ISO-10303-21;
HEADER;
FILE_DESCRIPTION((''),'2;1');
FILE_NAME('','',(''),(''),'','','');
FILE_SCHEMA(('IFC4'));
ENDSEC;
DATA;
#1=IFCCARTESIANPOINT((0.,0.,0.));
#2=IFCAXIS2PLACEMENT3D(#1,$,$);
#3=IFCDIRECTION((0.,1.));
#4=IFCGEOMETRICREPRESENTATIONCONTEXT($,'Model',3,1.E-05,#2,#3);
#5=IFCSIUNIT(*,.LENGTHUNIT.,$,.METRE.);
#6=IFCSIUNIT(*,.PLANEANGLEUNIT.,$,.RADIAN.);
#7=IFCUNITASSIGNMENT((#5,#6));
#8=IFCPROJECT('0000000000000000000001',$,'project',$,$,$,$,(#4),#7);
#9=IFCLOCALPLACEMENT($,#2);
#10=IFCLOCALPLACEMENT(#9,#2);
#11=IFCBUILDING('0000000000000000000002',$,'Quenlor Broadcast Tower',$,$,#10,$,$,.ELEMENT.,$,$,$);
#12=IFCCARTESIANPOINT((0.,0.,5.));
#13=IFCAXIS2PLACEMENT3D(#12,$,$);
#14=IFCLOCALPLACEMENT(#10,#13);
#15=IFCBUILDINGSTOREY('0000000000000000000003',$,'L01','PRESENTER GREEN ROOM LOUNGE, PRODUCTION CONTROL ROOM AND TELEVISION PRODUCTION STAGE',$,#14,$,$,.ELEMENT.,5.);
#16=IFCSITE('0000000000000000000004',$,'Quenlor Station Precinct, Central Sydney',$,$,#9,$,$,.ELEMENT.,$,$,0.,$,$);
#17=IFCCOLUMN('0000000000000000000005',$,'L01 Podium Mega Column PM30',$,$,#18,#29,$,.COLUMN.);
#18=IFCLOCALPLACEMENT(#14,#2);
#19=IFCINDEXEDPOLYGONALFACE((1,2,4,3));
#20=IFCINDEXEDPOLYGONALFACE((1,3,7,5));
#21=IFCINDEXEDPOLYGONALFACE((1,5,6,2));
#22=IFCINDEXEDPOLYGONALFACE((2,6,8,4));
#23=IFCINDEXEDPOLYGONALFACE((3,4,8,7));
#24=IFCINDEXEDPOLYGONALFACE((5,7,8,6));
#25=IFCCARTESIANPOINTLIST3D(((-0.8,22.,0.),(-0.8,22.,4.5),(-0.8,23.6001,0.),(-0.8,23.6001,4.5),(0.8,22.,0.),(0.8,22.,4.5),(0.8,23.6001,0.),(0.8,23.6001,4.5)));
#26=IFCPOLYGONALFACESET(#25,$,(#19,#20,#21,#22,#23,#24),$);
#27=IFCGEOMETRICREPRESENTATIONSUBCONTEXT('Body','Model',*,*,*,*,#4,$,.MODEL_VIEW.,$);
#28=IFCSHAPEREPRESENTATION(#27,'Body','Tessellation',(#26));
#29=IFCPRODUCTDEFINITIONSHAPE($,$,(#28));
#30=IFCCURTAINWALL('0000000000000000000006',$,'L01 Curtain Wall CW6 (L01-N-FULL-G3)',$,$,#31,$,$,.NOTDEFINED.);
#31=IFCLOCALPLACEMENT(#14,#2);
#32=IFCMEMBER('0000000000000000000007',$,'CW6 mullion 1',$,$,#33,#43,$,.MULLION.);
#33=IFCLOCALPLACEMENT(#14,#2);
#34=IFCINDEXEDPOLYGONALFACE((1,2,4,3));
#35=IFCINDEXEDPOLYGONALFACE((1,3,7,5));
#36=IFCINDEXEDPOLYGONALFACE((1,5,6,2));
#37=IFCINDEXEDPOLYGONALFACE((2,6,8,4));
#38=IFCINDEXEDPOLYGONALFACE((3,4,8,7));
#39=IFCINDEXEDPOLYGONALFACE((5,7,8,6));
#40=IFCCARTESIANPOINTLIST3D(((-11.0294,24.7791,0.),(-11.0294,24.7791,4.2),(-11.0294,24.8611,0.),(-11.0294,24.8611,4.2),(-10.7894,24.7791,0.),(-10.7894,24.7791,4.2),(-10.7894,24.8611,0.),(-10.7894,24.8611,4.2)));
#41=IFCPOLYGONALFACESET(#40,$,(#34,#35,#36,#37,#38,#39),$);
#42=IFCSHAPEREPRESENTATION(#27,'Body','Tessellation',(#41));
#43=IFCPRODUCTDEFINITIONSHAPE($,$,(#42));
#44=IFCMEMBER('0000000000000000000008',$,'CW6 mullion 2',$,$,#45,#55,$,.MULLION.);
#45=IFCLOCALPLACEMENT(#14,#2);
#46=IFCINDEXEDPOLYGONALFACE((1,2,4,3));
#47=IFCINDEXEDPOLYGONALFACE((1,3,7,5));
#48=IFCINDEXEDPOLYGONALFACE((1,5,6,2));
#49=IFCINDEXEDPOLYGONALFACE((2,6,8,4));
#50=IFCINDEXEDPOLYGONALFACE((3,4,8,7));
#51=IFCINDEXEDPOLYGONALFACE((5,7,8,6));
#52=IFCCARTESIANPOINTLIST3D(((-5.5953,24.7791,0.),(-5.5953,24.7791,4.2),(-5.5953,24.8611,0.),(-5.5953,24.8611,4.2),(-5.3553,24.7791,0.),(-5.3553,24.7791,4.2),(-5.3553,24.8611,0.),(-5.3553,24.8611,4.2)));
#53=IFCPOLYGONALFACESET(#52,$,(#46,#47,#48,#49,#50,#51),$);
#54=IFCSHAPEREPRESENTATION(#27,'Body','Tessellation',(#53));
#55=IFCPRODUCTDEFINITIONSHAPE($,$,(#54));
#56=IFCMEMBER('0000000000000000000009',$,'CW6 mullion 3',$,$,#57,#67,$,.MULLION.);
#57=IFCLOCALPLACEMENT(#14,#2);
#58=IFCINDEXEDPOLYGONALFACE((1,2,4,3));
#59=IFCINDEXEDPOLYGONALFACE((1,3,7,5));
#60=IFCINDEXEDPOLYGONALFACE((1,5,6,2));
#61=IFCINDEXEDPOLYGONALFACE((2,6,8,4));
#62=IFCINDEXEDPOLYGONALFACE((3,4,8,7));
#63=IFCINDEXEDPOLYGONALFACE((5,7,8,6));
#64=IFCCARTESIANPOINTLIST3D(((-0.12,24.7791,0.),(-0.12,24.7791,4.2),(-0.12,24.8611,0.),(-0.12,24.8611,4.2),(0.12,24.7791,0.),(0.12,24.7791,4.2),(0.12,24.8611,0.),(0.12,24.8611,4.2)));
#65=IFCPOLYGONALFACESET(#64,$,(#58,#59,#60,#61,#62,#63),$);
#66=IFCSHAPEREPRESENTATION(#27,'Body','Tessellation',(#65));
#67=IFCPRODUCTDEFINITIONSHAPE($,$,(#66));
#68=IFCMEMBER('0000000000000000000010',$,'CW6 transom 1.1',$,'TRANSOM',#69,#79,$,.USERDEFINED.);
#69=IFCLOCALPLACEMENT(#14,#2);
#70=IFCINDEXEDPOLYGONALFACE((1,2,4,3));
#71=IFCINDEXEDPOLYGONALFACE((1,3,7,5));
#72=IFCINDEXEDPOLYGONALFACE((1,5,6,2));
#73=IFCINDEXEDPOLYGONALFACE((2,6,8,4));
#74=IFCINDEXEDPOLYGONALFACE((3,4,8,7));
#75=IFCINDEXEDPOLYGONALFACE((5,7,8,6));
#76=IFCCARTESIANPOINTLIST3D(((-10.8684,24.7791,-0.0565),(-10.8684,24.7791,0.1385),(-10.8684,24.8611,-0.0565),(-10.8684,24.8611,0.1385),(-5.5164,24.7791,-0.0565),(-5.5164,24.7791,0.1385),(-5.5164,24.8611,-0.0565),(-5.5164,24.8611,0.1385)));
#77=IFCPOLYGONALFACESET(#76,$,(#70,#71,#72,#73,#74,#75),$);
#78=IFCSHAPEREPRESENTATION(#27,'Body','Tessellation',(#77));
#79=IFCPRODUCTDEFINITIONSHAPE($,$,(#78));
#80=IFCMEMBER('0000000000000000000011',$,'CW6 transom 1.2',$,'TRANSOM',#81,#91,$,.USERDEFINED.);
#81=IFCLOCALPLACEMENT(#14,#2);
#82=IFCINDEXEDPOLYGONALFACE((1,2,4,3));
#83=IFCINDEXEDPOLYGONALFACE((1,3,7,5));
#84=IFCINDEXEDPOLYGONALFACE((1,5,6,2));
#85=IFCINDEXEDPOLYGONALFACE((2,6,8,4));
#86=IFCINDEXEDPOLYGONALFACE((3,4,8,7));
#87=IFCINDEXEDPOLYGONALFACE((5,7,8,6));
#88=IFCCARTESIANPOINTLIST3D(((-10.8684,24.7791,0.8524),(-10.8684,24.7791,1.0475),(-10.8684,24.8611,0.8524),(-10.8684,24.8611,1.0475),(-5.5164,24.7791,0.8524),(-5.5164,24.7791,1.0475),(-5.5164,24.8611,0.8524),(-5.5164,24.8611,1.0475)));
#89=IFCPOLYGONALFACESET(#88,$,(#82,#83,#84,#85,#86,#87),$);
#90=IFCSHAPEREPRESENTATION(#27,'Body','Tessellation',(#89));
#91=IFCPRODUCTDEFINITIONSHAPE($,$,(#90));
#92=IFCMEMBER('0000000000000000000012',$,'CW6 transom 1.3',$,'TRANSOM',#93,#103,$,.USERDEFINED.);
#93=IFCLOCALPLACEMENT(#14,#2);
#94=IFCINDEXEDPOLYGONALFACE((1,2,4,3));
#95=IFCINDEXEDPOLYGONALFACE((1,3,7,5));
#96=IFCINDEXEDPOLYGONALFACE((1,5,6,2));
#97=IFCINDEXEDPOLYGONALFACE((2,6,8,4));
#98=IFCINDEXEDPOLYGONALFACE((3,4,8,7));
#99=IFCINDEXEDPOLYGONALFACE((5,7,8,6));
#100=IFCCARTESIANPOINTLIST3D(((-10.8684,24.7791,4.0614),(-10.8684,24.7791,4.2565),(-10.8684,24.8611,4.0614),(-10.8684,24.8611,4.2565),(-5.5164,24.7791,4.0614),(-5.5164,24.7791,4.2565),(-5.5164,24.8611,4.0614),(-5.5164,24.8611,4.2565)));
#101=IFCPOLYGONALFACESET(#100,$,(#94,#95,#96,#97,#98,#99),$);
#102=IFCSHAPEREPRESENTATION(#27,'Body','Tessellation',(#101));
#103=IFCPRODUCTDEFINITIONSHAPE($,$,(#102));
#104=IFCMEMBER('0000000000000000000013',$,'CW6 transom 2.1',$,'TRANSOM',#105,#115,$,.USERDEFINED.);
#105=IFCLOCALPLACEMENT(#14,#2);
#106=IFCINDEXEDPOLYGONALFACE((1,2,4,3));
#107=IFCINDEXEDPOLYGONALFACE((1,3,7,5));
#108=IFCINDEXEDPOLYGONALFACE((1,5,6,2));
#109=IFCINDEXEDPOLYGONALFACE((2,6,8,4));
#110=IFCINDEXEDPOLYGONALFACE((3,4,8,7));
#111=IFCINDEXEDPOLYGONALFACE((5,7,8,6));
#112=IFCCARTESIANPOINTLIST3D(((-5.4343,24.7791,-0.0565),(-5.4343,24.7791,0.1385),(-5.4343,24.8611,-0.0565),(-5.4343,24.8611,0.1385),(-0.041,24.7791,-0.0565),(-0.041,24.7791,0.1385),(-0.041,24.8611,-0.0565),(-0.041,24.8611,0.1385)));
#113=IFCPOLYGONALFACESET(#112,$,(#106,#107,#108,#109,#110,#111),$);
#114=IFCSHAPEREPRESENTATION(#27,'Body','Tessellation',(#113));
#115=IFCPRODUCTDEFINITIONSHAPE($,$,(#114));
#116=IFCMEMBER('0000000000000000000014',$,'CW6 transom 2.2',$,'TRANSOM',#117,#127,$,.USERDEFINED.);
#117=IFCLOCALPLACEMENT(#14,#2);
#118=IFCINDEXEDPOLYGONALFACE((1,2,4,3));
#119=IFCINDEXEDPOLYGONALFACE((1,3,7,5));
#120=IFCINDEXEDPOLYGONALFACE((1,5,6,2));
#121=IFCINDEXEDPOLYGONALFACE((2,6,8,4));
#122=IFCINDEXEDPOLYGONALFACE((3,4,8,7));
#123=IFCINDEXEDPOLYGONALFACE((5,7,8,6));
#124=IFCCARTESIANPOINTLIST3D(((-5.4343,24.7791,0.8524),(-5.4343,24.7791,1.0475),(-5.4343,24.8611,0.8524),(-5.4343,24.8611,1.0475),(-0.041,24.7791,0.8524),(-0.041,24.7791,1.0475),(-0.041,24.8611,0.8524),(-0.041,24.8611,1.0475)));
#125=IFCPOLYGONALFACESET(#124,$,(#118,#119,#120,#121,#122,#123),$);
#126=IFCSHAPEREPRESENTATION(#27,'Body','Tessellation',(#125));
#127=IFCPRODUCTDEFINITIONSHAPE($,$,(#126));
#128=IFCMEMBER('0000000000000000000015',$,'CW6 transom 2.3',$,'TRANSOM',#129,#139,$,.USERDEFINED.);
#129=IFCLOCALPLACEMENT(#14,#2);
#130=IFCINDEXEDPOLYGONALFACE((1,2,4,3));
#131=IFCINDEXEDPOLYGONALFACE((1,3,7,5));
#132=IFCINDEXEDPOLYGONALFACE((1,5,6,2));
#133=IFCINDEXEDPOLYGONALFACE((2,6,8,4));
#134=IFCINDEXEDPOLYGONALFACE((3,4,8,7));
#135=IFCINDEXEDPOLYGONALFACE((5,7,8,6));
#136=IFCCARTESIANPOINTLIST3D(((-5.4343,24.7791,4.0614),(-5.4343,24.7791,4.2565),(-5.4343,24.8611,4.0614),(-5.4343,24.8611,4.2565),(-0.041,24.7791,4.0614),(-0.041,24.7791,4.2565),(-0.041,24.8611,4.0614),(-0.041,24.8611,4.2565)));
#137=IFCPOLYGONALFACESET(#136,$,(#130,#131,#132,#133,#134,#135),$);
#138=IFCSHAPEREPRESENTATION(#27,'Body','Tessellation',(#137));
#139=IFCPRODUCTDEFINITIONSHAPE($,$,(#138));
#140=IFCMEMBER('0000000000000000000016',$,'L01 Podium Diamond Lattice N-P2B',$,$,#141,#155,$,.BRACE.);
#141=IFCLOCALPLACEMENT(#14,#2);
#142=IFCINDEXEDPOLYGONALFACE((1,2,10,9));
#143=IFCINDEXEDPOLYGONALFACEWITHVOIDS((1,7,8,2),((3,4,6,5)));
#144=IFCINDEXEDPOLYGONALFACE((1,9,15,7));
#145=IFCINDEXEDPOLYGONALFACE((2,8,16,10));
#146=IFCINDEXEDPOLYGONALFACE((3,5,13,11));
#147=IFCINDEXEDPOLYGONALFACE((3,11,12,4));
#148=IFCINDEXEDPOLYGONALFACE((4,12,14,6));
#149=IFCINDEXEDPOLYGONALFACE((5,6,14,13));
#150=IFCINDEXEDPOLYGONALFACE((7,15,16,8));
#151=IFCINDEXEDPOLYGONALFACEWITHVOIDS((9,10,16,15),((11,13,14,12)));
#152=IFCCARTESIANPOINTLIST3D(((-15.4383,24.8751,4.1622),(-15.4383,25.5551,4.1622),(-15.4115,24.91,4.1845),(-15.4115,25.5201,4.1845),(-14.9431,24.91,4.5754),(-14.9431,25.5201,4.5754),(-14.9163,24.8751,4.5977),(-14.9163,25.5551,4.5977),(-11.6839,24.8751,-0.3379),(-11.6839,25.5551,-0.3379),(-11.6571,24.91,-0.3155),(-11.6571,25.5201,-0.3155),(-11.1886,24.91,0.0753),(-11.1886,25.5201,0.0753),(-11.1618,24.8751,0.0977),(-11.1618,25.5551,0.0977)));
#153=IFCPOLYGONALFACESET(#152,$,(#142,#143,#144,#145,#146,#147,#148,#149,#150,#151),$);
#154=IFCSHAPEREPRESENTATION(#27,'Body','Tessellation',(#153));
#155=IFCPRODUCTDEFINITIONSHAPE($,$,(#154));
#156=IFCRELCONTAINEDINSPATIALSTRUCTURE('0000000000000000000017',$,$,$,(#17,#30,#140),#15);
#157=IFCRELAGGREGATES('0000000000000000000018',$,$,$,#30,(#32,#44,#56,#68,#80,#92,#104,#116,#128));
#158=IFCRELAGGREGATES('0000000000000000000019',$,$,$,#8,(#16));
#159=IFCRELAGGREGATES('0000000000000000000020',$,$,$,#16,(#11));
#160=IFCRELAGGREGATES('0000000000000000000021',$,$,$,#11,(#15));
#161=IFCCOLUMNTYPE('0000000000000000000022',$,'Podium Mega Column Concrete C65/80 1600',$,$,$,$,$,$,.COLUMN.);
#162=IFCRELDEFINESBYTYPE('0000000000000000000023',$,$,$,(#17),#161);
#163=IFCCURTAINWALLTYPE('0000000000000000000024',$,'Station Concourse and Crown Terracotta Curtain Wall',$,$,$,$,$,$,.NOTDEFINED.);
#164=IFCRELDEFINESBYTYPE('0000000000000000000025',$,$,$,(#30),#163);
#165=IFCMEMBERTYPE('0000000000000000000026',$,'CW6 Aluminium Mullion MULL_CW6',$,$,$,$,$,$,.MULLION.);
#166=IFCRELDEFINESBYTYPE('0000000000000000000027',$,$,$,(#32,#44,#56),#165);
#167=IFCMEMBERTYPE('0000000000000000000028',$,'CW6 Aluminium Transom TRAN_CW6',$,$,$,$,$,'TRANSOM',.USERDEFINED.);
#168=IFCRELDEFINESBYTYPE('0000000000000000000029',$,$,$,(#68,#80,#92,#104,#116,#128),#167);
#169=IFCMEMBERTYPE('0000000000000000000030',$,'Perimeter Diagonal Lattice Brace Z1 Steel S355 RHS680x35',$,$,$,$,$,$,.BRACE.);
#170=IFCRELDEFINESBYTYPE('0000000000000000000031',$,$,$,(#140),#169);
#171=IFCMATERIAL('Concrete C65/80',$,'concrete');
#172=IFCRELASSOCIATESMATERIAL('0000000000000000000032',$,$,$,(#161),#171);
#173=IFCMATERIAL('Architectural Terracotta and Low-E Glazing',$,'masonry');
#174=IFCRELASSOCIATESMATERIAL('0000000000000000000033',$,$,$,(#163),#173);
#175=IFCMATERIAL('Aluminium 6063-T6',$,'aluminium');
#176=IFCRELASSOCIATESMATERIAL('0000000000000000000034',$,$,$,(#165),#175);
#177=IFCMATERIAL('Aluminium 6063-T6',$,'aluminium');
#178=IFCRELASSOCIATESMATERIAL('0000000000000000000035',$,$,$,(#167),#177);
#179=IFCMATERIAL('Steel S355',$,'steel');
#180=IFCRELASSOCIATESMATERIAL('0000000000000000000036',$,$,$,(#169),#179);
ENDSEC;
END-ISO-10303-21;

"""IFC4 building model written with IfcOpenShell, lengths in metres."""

from ifc_helpers import new_model, si_unit, direction, frame, origin, origin_2d, place, context, subcontext, project, spatial, rectangle, hollow_rectangle, extrude, material, material_profile, profile_set, type_object, element, aggregate, save


model = new_model("IFC4")

# Units and contexts
model_context = context("Model", 3, precision=1e-05, world=origin(), true_north=direction((0.0, 1.0)))
body_context = subcontext(model_context, "Body", "Model", "MODEL_VIEW")
ifc_project = project(units=[si_unit("LENGTHUNIT", "METRE"), si_unit("PLANEANGLEUNIT", "RADIAN")], contexts=[model_context])

# Site, building, storey
site_placement = place(None, origin())
site = spatial("IfcSite", under=ifc_project, at=site_placement, Name="Quenlor Station Precinct, Central Sydney", CompositionType="ELEMENT", RefElevation=0.0)
building_placement = place(site_placement, origin())
building = spatial("IfcBuilding", under=site, at=building_placement, Name="Quenlor Broadcast Tower", CompositionType="ELEMENT")
storey_placement = place(building_placement, frame((0.0, 0.0, 5.0)))
storey = spatial("IfcBuildingStorey", under=building, at=storey_placement, Name="L01", Description="PRESENTER GREEN ROOM LOUNGE, PRODUCTION CONTROL ROOM AND TELEVISION PRODUCTION STAGE", CompositionType="ELEMENT", Elevation=5.0)

# Column
ifc_material_1 = material(Name="Concrete C65/80", Category="concrete")
ifc_material_profile_1 = material_profile(ifc_material_1, rectangle(XDim=1.6001, YDim=1.6001, at=origin_2d()))
ifc_profile_set_1 = profile_set([ifc_material_profile_1], Name="Concrete C65/80 RC1600x1600")
column_type = type_object("IfcColumnType", Name="Podium Mega Column Concrete C65/80 1600", PredefinedType="COLUMN", material=ifc_profile_set_1)
column_placement = place(storey_placement, frame((0.0, 22.8, 0.0), z_axis=(0.0, 0.0, 1.0), x_axis=(1.0, 0.0, 0.0)))
element("IfcColumn", 1, at=column_placement, inside=storey, type_object=column_type, Name="L01 Podium Mega Column PM30", PredefinedType="COLUMN", context=body_context, shape_type="SweptSolid", body=[
    extrude(rectangle(XDim=1.6001, YDim=1.6001, at=origin_2d()), origin(), (0.0, 0.0, 1.0), 4.5),
])

# Curtain wall, members
ifc_material_2 = material(Name="Architectural Terracotta and Low-E Glazing", Category="masonry")
curtain_wall_type = type_object("IfcCurtainWallType", Name="Station Concourse and Crown Terracotta Curtain Wall", PredefinedType="NOTDEFINED", material=ifc_material_2)
curtain_wall_placement = place(storey_placement, origin())
curtain_wall = element("IfcCurtainWall", 2, at=curtain_wall_placement, inside=storey, type_object=curtain_wall_type, Name="L01 Curtain Wall CW6 (L01-N-FULL-G3)", PredefinedType="NOTDEFINED")
ifc_material_3 = material(Name="Aluminium 6063-T6", Category="aluminium")
ifc_material_profile_2 = material_profile(ifc_material_3, rectangle(XDim=0.082, YDim=0.24, at=origin_2d()))
ifc_profile_set_2 = profile_set([ifc_material_profile_2], Name="Aluminium 6063-T6 MULL82x240")
member_type_1 = type_object("IfcMemberType", Name="CW6 Aluminium Mullion MULL_CW6", PredefinedType="MULLION", material=ifc_profile_set_2)
member_1_placement = place(storey_placement, frame((-10.9094, 24.8201, 0.0), z_axis=(0.0, 0.0, 1.0), x_axis=(0.0, 1.0, 0.0)))
member_1 = element("IfcMember", 3, at=member_1_placement, type_object=member_type_1, Name="CW6 mullion 1", PredefinedType="MULLION", context=body_context, shape_type="SweptSolid", body=[
    extrude(rectangle(XDim=0.082, YDim=0.24, at=origin_2d()), origin(), (0.0, 0.0, 1.0), 4.2),
])
member_2_placement = place(storey_placement, frame((-5.4753, 24.8201, 0.0), z_axis=(0.0, 0.0, 1.0), x_axis=(0.0, 1.0, 0.0)))
member_2 = element("IfcMember", 4, at=member_2_placement, type_object=member_type_1, Name="CW6 mullion 2", PredefinedType="MULLION", context=body_context, shape_type="SweptSolid", body=[
    extrude(rectangle(XDim=0.082, YDim=0.24, at=origin_2d()), origin(), (0.0, 0.0, 1.0), 4.2),
])
member_3_placement = place(storey_placement, frame((0.0, 24.8201, 0.0), z_axis=(0.0, 0.0, 1.0), x_axis=(0.0, 1.0, 0.0)))
member_3 = element("IfcMember", 5, at=member_3_placement, type_object=member_type_1, Name="CW6 mullion 3", PredefinedType="MULLION", context=body_context, shape_type="SweptSolid", body=[
    extrude(rectangle(XDim=0.082, YDim=0.24, at=origin_2d()), origin(), (0.0, 0.0, 1.0), 4.2),
])
ifc_material_4 = material(Name="Aluminium 6063-T6", Category="aluminium")
ifc_material_profile_3 = material_profile(ifc_material_4, rectangle(XDim=0.082, YDim=0.1951, at=origin_2d()))
ifc_profile_set_3 = profile_set([ifc_material_profile_3], Name="Aluminium 6063-T6 TRAN82x195")
member_type_2 = type_object("IfcMemberType", Name="CW6 Aluminium Transom TRAN_CW6", ElementType="TRANSOM", PredefinedType="USERDEFINED", material=ifc_profile_set_3)
member_4_placement = place(storey_placement, frame((-10.8684, 24.8201, 0.041), z_axis=(1.0, 0.0, 0.0), x_axis=(0.0, 1.0, 0.0)))
member_4 = element("IfcMember", 6, at=member_4_placement, type_object=member_type_2, Name="CW6 transom 1.1", ObjectType="TRANSOM", PredefinedType="USERDEFINED", context=body_context, shape_type="SweptSolid", body=[
    extrude(rectangle(XDim=0.082, YDim=0.1951, at=origin_2d()), origin(), (0.0, 0.0, 1.0), 5.3521),
])
member_5_placement = place(storey_placement, frame((-10.8684, 24.8201, 0.95), z_axis=(1.0, 0.0, 0.0), x_axis=(0.0, 1.0, 0.0)))
member_5 = element("IfcMember", 7, at=member_5_placement, type_object=member_type_2, Name="CW6 transom 1.2", ObjectType="TRANSOM", PredefinedType="USERDEFINED", context=body_context, shape_type="SweptSolid", body=[
    extrude(rectangle(XDim=0.082, YDim=0.1951, at=origin_2d()), origin(), (0.0, 0.0, 1.0), 5.3521),
])
member_6_placement = place(storey_placement, frame((-10.8684, 24.8201, 4.1589), z_axis=(1.0, 0.0, 0.0), x_axis=(0.0, 1.0, 0.0)))
member_6 = element("IfcMember", 8, at=member_6_placement, type_object=member_type_2, Name="CW6 transom 1.3", ObjectType="TRANSOM", PredefinedType="USERDEFINED", context=body_context, shape_type="SweptSolid", body=[
    extrude(rectangle(XDim=0.082, YDim=0.1951, at=origin_2d()), origin(), (0.0, 0.0, 1.0), 5.3521),
])
member_7_placement = place(storey_placement, frame((-5.4343, 24.8201, 0.041), z_axis=(1.0, 0.0, 0.0), x_axis=(0.0, 1.0, 0.0)))
member_7 = element("IfcMember", 9, at=member_7_placement, type_object=member_type_2, Name="CW6 transom 2.1", ObjectType="TRANSOM", PredefinedType="USERDEFINED", context=body_context, shape_type="SweptSolid", body=[
    extrude(rectangle(XDim=0.082, YDim=0.1951, at=origin_2d()), origin(), (0.0, 0.0, 1.0), 5.3933),
])
member_8_placement = place(storey_placement, frame((-5.4343, 24.8201, 0.95), z_axis=(1.0, 0.0, 0.0), x_axis=(0.0, 1.0, 0.0)))
member_8 = element("IfcMember", 10, at=member_8_placement, type_object=member_type_2, Name="CW6 transom 2.2", ObjectType="TRANSOM", PredefinedType="USERDEFINED", context=body_context, shape_type="SweptSolid", body=[
    extrude(rectangle(XDim=0.082, YDim=0.1951, at=origin_2d()), origin(), (0.0, 0.0, 1.0), 5.3933),
])
member_9_placement = place(storey_placement, frame((-5.4343, 24.8201, 4.1589), z_axis=(1.0, 0.0, 0.0), x_axis=(0.0, 1.0, 0.0)))
member_9 = element("IfcMember", 11, at=member_9_placement, type_object=member_type_2, Name="CW6 transom 2.3", ObjectType="TRANSOM", PredefinedType="USERDEFINED", context=body_context, shape_type="SweptSolid", body=[
    extrude(rectangle(XDim=0.082, YDim=0.1951, at=origin_2d()), origin(), (0.0, 0.0, 1.0), 5.3933),
])

# Member
ifc_material_5 = material(Name="Steel S355", Category="steel")
ifc_material_profile_4 = material_profile(ifc_material_5, hollow_rectangle(XDim=0.6799, YDim=0.6799, WallThickness=0.0349, at=origin_2d()))
ifc_profile_set_4 = profile_set([ifc_material_profile_4], Name="Steel S355 RHS680x680x35")
member_type_3 = type_object("IfcMemberType", Name="Perimeter Diagonal Lattice Brace Z1 Steel S355 RHS680x35", PredefinedType="BRACE", material=ifc_profile_set_4)
member_10_placement = place(storey_placement, frame((-11.4229, 25.2151, -0.1201), z_axis=(-0.640627, 0.0, 0.767852), x_axis=(0.0, -1.0, 0.0)))
element("IfcMember", 12, at=member_10_placement, inside=storey, type_object=member_type_3, Name="L01 Podium Diamond Lattice N-P2B", PredefinedType="BRACE", context=body_context, shape_type="SweptSolid", body=[
    extrude(hollow_rectangle(XDim=0.6799, YDim=0.6799, WallThickness=0.0349, at=origin_2d()), origin(), (0.0, 0.0, 1.0), 5.8606),
])

aggregate(curtain_wall, [member_1, member_2, member_3, member_4, member_5, member_6, member_7, member_8, member_9])

save(model, "model.ifc")
